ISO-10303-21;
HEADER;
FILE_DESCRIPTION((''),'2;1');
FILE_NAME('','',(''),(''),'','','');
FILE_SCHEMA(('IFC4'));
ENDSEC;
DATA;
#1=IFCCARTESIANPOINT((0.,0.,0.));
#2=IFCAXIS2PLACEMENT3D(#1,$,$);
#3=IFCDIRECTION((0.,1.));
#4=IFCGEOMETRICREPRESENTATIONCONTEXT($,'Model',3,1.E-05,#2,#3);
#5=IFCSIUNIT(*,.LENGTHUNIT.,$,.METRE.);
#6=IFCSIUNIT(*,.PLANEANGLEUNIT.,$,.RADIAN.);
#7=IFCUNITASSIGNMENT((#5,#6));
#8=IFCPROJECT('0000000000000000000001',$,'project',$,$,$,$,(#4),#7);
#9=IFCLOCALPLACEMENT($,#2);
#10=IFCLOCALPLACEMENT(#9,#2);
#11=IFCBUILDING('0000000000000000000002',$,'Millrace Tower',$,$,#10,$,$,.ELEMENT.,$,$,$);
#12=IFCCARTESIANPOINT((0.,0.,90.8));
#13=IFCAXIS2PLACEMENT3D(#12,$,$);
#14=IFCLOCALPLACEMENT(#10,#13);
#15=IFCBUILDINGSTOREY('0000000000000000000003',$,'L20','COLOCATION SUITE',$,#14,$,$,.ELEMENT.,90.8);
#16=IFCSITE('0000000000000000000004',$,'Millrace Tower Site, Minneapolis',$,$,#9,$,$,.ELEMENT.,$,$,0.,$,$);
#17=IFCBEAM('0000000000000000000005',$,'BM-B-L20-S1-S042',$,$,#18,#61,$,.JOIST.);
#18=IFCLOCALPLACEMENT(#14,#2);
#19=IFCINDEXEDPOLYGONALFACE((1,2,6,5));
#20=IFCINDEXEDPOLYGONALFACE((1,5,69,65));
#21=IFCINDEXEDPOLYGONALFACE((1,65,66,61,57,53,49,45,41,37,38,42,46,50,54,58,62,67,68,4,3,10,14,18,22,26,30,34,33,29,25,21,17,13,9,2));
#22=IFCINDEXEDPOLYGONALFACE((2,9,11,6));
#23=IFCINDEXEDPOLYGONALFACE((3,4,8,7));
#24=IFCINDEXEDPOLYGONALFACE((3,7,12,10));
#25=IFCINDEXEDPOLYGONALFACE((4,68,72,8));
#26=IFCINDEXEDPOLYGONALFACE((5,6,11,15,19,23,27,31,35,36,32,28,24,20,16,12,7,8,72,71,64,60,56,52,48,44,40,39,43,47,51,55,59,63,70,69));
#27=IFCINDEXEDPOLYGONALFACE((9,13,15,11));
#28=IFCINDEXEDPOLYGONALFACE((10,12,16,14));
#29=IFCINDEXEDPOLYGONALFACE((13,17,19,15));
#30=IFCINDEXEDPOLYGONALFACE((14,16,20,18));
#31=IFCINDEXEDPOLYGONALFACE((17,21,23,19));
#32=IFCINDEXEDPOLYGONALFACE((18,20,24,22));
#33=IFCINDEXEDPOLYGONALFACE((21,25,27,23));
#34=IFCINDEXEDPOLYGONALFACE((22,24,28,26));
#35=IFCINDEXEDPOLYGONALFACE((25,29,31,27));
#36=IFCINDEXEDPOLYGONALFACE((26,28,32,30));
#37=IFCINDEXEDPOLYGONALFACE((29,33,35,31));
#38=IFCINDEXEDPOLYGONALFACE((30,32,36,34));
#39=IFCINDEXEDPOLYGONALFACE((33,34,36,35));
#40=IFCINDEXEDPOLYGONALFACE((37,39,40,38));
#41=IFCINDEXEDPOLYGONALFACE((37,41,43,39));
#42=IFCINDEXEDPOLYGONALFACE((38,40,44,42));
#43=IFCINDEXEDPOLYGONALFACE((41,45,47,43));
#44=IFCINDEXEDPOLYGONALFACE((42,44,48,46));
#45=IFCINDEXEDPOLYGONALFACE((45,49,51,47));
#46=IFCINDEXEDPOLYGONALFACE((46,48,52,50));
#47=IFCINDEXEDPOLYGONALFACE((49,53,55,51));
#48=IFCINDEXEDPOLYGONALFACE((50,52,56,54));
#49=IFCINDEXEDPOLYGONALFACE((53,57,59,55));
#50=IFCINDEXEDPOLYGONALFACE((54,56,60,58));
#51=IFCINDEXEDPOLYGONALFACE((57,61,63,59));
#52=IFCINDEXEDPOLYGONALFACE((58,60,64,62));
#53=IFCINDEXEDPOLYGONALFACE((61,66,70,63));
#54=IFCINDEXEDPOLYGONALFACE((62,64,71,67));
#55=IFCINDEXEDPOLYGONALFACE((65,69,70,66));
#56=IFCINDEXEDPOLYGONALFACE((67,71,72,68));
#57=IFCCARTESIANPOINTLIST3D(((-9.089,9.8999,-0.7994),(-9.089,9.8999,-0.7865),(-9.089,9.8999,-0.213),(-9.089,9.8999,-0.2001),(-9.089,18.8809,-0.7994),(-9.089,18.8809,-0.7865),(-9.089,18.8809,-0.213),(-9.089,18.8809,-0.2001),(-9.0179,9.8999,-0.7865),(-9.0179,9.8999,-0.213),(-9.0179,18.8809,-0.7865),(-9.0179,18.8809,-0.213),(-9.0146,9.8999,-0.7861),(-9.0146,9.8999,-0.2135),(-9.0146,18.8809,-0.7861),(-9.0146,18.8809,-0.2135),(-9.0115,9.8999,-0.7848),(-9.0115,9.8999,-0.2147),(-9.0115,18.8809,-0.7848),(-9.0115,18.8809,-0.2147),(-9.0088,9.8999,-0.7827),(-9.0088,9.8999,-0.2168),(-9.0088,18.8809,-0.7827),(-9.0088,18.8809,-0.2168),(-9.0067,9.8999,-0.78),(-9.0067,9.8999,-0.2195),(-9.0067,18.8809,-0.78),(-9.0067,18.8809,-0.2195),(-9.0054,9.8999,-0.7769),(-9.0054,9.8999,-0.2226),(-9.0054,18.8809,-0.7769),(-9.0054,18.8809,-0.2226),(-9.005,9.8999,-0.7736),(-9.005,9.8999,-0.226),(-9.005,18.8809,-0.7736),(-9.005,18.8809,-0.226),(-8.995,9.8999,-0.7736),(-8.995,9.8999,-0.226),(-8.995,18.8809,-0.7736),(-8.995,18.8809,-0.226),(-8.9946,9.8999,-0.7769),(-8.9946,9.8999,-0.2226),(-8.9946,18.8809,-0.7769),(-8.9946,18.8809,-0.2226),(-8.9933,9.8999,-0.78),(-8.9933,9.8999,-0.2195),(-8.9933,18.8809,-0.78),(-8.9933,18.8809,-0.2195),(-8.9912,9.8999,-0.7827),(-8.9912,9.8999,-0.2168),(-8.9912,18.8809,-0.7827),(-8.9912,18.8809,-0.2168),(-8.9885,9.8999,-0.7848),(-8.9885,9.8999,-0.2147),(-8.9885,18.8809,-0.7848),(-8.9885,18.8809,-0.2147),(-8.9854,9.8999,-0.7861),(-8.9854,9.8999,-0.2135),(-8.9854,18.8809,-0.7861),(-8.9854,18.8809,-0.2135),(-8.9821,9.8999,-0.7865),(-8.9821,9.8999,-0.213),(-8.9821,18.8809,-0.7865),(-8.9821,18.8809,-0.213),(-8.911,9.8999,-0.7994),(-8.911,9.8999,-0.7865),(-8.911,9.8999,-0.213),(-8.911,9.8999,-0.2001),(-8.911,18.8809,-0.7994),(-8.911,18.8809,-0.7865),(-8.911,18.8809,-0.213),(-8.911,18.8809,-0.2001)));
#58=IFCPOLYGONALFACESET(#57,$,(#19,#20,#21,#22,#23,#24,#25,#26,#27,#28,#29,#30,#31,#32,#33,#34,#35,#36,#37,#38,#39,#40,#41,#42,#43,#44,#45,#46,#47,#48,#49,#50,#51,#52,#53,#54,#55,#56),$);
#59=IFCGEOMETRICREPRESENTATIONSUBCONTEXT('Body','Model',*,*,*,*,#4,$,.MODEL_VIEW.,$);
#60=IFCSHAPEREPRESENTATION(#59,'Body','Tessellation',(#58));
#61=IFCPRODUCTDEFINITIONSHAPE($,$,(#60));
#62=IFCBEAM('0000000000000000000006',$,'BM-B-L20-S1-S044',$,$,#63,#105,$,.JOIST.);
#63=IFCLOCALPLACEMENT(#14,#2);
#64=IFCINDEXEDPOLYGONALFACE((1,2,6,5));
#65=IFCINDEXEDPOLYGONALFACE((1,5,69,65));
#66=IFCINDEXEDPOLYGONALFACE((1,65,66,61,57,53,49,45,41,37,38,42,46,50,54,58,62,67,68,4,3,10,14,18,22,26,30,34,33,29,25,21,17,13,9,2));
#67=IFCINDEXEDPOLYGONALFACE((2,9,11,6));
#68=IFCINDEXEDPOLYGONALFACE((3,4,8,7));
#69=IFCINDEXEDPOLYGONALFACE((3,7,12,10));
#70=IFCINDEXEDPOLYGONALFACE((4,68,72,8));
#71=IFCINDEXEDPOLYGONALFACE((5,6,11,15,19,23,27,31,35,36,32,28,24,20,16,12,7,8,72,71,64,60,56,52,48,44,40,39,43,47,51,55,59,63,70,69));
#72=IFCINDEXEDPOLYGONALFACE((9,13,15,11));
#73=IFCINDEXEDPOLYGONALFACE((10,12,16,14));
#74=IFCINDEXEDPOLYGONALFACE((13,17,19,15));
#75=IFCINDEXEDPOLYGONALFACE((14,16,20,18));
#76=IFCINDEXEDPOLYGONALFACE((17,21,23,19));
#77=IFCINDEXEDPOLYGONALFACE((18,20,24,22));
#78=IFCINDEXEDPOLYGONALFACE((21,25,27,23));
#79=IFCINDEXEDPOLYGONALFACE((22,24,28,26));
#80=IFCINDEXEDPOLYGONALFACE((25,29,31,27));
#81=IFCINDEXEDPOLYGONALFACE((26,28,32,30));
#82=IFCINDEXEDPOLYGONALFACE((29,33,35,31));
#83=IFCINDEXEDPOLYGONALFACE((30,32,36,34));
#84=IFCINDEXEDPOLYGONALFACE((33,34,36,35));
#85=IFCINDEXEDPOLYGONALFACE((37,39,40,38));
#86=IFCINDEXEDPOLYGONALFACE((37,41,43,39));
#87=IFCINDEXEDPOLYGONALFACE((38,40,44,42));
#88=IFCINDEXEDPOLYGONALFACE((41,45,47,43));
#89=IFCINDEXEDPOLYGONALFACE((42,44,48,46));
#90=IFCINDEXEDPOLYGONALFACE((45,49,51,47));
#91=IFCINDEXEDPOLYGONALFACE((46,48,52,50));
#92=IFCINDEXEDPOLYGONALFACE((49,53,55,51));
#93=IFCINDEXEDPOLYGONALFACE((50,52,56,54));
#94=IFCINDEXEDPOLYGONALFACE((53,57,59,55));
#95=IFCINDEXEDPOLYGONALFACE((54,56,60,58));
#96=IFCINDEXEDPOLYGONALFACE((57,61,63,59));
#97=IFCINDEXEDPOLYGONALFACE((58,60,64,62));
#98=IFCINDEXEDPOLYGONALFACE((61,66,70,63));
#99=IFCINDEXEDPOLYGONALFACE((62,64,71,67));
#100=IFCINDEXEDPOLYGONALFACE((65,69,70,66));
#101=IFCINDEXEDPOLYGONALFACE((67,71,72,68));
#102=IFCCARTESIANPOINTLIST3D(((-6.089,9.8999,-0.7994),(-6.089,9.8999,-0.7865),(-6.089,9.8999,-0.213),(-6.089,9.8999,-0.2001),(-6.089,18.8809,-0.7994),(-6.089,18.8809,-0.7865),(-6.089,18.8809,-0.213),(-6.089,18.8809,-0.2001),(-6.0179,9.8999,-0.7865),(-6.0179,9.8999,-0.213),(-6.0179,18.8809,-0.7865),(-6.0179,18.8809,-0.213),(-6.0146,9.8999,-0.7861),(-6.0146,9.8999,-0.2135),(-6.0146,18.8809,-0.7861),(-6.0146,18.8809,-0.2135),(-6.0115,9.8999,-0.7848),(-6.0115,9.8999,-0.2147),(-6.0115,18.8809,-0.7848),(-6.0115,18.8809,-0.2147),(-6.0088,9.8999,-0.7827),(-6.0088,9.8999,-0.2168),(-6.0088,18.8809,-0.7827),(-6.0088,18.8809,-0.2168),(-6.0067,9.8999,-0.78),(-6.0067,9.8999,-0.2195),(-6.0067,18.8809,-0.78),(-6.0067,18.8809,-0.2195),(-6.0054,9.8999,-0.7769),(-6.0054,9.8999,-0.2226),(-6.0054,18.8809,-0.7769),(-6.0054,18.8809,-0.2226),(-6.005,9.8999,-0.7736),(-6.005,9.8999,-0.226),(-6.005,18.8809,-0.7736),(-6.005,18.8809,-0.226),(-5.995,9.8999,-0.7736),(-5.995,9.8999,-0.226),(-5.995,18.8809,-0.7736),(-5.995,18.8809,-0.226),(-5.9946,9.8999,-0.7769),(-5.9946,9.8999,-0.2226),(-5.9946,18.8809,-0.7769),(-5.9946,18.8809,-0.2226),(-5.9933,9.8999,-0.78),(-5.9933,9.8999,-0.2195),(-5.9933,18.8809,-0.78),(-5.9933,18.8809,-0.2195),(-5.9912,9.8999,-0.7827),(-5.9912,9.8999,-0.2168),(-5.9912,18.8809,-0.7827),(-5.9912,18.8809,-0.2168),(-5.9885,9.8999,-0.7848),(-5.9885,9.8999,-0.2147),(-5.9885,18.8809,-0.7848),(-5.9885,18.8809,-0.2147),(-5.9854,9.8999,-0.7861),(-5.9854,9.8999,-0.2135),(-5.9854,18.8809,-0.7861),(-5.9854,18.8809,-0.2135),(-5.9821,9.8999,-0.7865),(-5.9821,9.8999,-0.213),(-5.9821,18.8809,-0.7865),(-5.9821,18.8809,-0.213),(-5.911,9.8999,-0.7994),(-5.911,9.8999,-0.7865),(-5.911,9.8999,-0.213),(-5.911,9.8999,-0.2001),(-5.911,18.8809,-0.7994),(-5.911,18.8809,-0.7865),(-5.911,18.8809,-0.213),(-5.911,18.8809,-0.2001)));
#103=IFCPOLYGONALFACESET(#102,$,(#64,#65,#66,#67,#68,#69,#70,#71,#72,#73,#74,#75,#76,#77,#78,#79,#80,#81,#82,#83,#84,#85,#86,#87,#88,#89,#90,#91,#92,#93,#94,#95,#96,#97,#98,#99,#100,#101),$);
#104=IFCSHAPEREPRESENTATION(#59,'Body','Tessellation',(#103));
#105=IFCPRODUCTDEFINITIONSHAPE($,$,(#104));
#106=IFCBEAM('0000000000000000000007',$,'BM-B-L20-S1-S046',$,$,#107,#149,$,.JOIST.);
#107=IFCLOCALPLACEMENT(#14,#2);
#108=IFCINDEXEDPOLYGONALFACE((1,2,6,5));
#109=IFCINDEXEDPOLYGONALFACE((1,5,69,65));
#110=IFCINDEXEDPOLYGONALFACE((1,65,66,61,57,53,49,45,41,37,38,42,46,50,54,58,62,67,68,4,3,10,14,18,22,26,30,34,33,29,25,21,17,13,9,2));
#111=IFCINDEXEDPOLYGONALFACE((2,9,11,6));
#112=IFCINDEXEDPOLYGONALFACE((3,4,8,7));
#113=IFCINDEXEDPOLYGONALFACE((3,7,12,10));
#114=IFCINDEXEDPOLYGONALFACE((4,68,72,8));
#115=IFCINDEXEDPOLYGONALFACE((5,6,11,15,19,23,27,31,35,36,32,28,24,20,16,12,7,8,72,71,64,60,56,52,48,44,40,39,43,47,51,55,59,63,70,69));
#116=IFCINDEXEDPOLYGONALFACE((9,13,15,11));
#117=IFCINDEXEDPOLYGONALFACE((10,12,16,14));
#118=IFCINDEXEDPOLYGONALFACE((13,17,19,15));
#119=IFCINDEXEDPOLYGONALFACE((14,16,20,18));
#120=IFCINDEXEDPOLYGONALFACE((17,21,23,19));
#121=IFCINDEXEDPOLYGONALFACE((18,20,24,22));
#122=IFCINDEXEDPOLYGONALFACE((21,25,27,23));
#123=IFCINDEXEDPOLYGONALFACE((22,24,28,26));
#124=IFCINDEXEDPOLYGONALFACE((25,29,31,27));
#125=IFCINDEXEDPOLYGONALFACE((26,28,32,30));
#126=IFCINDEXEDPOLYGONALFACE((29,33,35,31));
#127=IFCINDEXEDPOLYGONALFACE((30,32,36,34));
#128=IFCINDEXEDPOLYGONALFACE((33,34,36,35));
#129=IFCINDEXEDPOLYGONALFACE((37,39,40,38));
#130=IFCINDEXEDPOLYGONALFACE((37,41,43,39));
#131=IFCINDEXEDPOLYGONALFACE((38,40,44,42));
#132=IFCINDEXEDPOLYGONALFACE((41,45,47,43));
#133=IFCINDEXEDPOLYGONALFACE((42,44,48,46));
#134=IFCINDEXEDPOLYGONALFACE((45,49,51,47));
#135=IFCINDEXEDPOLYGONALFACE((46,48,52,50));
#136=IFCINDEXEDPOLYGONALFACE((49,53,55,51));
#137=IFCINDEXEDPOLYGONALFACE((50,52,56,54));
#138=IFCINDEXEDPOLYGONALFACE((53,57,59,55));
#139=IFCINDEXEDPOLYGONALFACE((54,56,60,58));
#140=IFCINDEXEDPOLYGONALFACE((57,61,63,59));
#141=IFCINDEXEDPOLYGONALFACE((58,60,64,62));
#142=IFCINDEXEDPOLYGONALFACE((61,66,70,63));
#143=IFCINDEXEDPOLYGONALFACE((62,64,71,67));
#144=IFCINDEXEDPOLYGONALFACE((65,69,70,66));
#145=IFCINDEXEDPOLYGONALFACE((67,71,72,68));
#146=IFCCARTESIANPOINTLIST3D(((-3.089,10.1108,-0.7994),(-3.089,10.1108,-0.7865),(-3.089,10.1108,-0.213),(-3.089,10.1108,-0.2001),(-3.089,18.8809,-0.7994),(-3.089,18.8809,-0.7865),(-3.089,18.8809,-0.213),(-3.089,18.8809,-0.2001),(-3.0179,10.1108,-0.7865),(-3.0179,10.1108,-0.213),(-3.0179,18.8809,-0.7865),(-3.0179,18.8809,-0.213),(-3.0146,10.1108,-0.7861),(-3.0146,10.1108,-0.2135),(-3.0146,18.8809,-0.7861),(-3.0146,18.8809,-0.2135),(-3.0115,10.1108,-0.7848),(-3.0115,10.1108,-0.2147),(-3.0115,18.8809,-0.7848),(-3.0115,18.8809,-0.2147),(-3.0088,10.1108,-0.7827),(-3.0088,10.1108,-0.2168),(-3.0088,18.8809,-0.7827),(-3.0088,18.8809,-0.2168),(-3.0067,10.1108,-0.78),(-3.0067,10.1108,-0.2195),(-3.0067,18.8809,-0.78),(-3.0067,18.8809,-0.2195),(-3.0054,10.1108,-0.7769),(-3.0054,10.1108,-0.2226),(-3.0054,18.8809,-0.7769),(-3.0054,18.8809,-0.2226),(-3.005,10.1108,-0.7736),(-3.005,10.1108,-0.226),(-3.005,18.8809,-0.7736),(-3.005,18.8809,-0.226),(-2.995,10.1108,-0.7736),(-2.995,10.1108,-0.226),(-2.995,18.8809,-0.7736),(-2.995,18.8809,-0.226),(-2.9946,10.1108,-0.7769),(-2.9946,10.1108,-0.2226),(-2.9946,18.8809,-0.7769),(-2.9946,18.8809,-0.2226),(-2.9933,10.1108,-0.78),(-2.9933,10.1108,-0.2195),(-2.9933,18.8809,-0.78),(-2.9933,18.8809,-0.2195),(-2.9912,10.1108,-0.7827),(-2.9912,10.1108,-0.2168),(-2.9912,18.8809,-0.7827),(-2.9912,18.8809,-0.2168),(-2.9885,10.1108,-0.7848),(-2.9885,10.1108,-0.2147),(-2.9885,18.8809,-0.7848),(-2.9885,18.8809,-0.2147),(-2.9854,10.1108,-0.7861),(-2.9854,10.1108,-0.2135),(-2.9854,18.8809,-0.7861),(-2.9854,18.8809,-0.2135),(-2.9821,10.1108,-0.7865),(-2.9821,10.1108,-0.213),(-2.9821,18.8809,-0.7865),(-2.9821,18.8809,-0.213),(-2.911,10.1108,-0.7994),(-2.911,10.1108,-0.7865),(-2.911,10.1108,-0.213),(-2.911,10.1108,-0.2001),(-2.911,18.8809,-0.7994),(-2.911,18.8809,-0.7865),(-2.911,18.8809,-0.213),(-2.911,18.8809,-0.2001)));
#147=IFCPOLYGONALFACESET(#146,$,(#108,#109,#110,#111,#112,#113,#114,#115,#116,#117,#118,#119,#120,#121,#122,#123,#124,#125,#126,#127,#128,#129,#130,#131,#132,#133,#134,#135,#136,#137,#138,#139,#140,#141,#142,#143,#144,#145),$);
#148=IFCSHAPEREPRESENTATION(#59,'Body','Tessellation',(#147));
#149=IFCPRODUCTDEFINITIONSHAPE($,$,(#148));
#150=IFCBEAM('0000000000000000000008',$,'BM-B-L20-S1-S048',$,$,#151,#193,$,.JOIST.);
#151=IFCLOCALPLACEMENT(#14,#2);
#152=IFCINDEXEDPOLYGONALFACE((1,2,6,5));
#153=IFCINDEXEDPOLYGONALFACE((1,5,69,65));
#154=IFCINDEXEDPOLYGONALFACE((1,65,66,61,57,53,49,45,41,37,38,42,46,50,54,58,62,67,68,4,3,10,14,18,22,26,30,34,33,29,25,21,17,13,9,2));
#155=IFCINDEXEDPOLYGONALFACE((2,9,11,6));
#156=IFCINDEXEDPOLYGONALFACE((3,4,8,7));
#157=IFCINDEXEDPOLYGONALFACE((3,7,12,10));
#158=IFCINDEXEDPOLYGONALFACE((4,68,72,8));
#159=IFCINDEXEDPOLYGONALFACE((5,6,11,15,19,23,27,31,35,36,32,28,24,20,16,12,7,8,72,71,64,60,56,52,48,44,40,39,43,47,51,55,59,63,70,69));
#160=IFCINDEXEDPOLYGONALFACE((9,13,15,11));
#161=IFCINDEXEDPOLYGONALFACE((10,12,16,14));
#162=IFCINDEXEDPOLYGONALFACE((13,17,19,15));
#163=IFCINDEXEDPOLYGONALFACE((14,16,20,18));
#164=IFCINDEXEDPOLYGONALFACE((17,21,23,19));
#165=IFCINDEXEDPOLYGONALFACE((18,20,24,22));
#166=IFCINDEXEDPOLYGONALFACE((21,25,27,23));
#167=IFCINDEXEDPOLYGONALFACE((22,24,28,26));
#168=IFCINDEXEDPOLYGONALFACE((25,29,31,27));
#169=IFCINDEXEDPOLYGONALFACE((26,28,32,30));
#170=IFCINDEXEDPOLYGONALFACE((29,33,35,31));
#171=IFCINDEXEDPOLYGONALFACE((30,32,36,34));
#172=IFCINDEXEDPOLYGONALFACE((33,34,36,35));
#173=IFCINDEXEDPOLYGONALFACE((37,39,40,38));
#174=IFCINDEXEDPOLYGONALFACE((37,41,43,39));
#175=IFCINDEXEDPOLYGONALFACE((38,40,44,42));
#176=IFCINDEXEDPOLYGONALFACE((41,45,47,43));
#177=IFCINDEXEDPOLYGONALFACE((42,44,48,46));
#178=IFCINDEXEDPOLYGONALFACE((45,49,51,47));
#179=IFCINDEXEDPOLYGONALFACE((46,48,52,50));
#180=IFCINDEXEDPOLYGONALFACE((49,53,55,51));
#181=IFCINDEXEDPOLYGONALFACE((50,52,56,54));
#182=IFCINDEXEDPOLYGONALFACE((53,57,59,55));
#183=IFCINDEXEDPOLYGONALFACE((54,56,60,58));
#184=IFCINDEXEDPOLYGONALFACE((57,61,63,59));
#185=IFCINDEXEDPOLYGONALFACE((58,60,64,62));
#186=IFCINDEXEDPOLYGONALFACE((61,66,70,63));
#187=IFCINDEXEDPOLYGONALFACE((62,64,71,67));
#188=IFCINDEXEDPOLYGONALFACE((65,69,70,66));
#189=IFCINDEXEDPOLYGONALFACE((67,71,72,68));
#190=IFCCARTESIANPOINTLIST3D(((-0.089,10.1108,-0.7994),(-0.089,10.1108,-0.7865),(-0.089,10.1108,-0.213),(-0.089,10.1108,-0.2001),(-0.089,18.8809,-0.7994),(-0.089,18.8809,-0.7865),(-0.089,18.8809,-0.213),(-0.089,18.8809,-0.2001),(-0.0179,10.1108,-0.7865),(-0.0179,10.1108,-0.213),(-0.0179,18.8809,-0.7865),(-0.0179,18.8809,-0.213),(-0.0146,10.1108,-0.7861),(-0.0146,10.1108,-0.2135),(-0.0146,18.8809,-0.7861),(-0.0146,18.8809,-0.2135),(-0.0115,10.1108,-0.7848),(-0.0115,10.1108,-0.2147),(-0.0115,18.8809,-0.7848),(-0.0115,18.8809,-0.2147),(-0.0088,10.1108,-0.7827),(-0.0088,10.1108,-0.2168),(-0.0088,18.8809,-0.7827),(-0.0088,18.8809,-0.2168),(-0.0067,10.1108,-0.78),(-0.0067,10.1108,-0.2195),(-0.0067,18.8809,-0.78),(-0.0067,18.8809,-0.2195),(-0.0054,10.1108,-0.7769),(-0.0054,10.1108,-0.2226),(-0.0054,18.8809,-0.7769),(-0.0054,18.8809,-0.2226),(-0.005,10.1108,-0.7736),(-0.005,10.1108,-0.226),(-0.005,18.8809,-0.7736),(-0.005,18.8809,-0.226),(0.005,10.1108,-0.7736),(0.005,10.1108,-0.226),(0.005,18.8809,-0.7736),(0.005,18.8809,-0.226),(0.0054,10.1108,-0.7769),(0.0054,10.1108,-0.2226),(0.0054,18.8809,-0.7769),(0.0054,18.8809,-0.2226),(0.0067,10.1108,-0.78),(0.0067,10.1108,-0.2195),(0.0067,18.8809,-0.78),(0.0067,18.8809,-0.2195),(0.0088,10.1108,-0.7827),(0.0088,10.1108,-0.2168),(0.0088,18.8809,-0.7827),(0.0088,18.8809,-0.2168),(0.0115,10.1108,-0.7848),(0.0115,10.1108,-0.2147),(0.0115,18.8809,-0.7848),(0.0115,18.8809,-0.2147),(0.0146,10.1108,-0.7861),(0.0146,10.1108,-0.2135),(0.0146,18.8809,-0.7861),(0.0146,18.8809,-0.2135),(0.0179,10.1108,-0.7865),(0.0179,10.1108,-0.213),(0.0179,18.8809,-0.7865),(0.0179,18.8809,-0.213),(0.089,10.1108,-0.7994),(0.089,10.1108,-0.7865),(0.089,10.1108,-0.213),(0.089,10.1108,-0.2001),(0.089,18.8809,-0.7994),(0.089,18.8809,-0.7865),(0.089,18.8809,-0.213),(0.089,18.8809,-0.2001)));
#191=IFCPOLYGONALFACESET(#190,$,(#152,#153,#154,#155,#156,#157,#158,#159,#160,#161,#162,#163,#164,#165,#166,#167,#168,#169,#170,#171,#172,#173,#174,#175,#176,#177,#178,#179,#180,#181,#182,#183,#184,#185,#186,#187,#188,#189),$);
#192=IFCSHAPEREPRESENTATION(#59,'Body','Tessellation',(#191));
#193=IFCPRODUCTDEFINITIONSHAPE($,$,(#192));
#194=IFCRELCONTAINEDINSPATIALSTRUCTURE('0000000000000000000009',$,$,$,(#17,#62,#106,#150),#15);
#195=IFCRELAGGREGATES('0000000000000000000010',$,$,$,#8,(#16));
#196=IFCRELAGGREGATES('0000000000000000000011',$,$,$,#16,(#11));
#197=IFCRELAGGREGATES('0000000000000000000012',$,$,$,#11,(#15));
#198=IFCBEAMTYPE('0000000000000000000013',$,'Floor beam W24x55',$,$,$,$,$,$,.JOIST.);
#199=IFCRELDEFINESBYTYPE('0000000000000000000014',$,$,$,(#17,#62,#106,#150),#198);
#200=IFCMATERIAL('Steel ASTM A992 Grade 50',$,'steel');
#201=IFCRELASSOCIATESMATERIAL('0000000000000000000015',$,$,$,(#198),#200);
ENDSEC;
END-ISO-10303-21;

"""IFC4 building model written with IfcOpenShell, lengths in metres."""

from ifc_helpers import new_model, si_unit, direction, frame, origin, origin_2d, place, context, subcontext, project, spatial, i_section, extrude, material, material_profile, profile_set, type_object, element, save


model = new_model("IFC4")

# Units and contexts
model_context = context("Model", 3, precision=1e-05, world=origin(), true_north=direction((0.0, 1.0)))
body_context = subcontext(model_context, "Body", "Model", "MODEL_VIEW")
ifc_project = project(units=[si_unit("LENGTHUNIT", "METRE"), si_unit("PLANEANGLEUNIT", "RADIAN")], contexts=[model_context])

# Site, building, storey
site_placement = place(None, origin())
site = spatial("IfcSite", under=ifc_project, at=site_placement, Name="Millrace Tower Site, Minneapolis", CompositionType="ELEMENT", RefElevation=0.0)
building_placement = place(site_placement, origin())
building = spatial("IfcBuilding", under=site, at=building_placement, Name="Millrace Tower", CompositionType="ELEMENT")
storey_placement = place(building_placement, frame((0.0, 0.0, 90.8)))
storey = spatial("IfcBuildingStorey", under=building, at=storey_placement, Name="L20", Description="COLOCATION SUITE", CompositionType="ELEMENT", Elevation=90.8)

# Beams
ifc_material_1 = material(Name="Steel ASTM A992 Grade 50", Category="steel")
ifc_material_profile_1 = material_profile(ifc_material_1, i_section(OverallWidth=0.178, OverallDepth=0.5994, WebThickness=0.01, FlangeThickness=0.0129, FilletRadius=0.0129, at=origin_2d()))
ifc_profile_set_1 = profile_set([ifc_material_profile_1], Name="Steel ASTM A992 Grade 50")
beam_type_1 = type_object("IfcBeamType", Name="Floor beam W24x55", PredefinedType="JOIST", material=ifc_profile_set_1)
for number, where, z_axis, x_axis, name in (
    (1, (-9.0, 9.8999, -0.4998), (0.0, 1.0, 0.0), (-1.0, 0.0, 0.0), "BM-B-L20-S1-S042"),
    (2, (-6.0, 9.8999, -0.4998), (0.0, 1.0, 0.0), (-1.0, 0.0, 0.0), "BM-B-L20-S1-S044"),
):
    element("IfcBeam", number, at=place(storey_placement, frame(where, z_axis=z_axis, x_axis=x_axis)), inside=storey, type_object=beam_type_1, Name=name, PredefinedType="JOIST", context=body_context, shape_type="SweptSolid", body=[
        extrude(i_section(OverallWidth=0.178, OverallDepth=0.5994, WebThickness=0.01, FlangeThickness=0.0129, FilletRadius=0.0129, at=origin_2d()), origin(), (0.0, 0.0, 1.0), 8.981),
    ])
for number, where, z_axis, x_axis, name in (
    (3, (-3.0, 10.1108, -0.4998), (0.0, 1.0, 0.0), (-1.0, 0.0, 0.0), "BM-B-L20-S1-S046"),
    (4, (0.0, 10.1108, -0.4998), (0.0, 1.0, 0.0), (-1.0, 0.0, 0.0), "BM-B-L20-S1-S048"),
):
    element("IfcBeam", number, at=place(storey_placement, frame(where, z_axis=z_axis, x_axis=x_axis)), inside=storey, type_object=beam_type_1, Name=name, PredefinedType="JOIST", context=body_context, shape_type="SweptSolid", body=[
        extrude(i_section(OverallWidth=0.178, OverallDepth=0.5994, WebThickness=0.01, FlangeThickness=0.0129, FilletRadius=0.0129, at=origin_2d()), origin(), (0.0, 0.0, 1.0), 8.77),
    ])

save(model, "model.ifc")
